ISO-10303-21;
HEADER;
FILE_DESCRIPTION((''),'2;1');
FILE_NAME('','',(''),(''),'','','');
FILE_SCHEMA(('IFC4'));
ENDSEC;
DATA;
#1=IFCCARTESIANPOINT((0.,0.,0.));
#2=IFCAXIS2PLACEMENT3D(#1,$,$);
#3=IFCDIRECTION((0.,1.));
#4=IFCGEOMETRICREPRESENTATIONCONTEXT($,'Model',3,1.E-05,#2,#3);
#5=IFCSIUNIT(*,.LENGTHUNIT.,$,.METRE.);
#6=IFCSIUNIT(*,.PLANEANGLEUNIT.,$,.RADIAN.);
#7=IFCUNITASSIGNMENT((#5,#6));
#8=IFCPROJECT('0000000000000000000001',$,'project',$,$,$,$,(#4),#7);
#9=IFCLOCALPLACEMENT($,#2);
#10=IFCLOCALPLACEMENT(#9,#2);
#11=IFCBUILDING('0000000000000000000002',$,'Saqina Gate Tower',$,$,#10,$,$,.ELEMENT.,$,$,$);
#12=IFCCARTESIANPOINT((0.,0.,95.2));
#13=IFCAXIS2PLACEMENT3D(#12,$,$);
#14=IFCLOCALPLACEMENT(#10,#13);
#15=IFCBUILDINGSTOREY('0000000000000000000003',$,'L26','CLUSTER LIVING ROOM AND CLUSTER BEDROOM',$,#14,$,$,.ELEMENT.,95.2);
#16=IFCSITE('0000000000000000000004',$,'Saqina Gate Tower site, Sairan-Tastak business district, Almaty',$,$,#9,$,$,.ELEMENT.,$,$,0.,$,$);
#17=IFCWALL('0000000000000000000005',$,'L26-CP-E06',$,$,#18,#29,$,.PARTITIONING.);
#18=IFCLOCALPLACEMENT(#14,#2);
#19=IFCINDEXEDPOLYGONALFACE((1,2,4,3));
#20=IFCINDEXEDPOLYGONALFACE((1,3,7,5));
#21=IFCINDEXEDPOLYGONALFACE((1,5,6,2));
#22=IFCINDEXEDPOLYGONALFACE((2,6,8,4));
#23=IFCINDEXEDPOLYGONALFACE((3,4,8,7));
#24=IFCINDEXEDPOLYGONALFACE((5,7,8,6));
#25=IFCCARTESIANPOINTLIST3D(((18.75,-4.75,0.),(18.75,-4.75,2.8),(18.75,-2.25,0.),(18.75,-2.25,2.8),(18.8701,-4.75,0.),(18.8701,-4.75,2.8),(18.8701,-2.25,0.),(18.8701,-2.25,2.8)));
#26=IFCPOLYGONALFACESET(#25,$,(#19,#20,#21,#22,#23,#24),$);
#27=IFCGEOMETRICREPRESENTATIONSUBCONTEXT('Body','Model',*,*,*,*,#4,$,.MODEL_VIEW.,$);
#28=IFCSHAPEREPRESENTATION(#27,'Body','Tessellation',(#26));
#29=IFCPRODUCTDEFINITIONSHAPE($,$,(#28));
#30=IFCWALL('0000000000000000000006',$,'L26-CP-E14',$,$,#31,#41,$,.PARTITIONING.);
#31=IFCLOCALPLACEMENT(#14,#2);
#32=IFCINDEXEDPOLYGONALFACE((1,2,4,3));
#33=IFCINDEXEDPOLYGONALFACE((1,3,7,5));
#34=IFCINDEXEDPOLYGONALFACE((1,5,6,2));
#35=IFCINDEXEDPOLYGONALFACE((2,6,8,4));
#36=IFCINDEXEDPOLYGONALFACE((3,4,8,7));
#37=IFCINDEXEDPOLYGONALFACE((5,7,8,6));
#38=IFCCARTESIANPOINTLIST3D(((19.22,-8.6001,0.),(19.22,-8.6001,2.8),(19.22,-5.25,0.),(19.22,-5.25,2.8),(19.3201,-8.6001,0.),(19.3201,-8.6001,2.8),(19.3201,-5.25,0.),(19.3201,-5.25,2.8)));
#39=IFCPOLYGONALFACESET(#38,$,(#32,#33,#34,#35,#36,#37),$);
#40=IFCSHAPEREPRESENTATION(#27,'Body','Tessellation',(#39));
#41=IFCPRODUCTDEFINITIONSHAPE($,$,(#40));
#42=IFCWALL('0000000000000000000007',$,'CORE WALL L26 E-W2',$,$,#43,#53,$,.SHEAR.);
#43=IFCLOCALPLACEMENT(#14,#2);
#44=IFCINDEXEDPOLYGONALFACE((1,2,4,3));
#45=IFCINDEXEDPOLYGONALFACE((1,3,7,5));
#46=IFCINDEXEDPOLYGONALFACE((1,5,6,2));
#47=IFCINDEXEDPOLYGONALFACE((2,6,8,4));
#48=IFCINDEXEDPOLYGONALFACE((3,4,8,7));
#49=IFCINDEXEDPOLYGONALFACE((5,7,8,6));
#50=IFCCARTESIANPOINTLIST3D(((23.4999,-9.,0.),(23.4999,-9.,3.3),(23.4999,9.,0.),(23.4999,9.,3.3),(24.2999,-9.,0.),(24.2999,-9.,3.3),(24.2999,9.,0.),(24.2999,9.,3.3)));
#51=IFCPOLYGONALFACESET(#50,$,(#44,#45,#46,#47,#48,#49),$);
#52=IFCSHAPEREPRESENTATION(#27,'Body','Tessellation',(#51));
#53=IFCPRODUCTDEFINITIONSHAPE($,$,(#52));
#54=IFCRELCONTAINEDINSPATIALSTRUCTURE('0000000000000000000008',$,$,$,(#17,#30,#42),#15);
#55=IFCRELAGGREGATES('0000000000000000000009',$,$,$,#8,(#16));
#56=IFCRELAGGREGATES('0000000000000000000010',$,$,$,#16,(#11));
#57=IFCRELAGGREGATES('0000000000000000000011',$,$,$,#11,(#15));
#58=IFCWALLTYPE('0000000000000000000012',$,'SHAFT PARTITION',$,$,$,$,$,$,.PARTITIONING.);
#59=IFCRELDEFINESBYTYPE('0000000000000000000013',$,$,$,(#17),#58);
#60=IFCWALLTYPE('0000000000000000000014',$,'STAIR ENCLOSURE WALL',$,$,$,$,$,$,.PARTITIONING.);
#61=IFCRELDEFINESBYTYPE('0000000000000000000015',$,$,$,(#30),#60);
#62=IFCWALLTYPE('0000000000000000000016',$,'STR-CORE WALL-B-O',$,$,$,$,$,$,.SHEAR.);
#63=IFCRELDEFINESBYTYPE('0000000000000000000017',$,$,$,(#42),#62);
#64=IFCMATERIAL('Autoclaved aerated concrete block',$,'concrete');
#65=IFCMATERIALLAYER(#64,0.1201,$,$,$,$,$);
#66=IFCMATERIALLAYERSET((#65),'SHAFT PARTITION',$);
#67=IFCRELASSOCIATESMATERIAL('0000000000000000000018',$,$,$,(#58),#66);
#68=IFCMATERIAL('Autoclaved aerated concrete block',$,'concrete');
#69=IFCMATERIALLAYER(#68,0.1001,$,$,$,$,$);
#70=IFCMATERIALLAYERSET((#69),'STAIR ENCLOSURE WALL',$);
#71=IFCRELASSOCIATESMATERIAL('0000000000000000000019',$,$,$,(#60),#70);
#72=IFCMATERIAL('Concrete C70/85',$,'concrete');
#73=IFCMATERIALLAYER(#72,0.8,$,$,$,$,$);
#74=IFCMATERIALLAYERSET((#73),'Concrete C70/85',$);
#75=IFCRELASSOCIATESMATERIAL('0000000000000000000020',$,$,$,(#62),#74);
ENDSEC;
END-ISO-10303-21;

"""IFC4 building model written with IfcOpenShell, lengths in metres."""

from ifc_helpers import new_model, si_unit, direction, frame, frame_2d, origin, place, context, subcontext, project, spatial, rectangle, extrude, material, layer, layer_set, type_object, element, save


model = new_model("IFC4")

# Units and contexts
model_context = context("Model", 3, precision=1e-05, world=origin(), true_north=direction((0.0, 1.0)))
body_context = subcontext(model_context, "Body", "Model", "MODEL_VIEW")
ifc_project = project(units=[si_unit("LENGTHUNIT", "METRE"), si_unit("PLANEANGLEUNIT", "RADIAN")], contexts=[model_context])

# Site, building, storey
site_placement = place(None, origin())
site = spatial("IfcSite", under=ifc_project, at=site_placement, Name="Saqina Gate Tower site, Sairan-Tastak business district, Almaty", CompositionType="ELEMENT", RefElevation=0.0)
building_placement = place(site_placement, origin())
building = spatial("IfcBuilding", under=site, at=building_placement, Name="Saqina Gate Tower", CompositionType="ELEMENT")
storey_placement = place(building_placement, frame((0.0, 0.0, 95.2)))
storey = spatial("IfcBuildingStorey", under=building, at=storey_placement, Name="L26", Description="CLUSTER LIVING ROOM AND CLUSTER BEDROOM", CompositionType="ELEMENT", Elevation=95.2)

# Walls
ifc_material_1 = material(Name="Autoclaved aerated concrete block", Category="concrete")
ifc_layer_1 = layer(ifc_material_1, 0.1201)
ifc_layer_set_1 = layer_set([ifc_layer_1], Name="SHAFT PARTITION")
wall_type_1 = type_object("IfcWallType", Name="SHAFT PARTITION", PredefinedType="PARTITIONING", material=ifc_layer_set_1)
wall_1_placement = place(storey_placement, frame((18.8101, -4.75, 0.0), z_axis=(0.0, 0.0, 1.0), x_axis=(0.0, 1.0, 0.0)))
element("IfcWall", 1, at=wall_1_placement, inside=storey, type_object=wall_type_1, Name="L26-CP-E06", PredefinedType="PARTITIONING", context=body_context, shape_type="SweptSolid", body=[
    extrude(rectangle(XDim=2.5, YDim=0.1201, at=frame_2d((1.25, 0.0))), origin(), (0.0, 0.0, 1.0), 2.8),
])
ifc_material_2 = material(Name="Autoclaved aerated concrete block", Category="concrete")
ifc_layer_2 = layer(ifc_material_2, 0.1001)
ifc_layer_set_2 = layer_set([ifc_layer_2], Name="STAIR ENCLOSURE WALL")
wall_type_2 = type_object("IfcWallType", Name="STAIR ENCLOSURE WALL", PredefinedType="PARTITIONING", material=ifc_layer_set_2)
wall_2_placement = place(storey_placement, frame((19.27, -8.6001, 0.0), z_axis=(0.0, 0.0, 1.0), x_axis=(0.0, 1.0, 0.0)))
element("IfcWall", 2, at=wall_2_placement, inside=storey, type_object=wall_type_2, Name="L26-CP-E14", PredefinedType="PARTITIONING", context=body_context, shape_type="SweptSolid", body=[
    extrude(rectangle(XDim=3.3501, YDim=0.1001, at=frame_2d((1.675, 0.0))), origin(), (0.0, 0.0, 1.0), 2.8),
])
ifc_material_3 = material(Name="Concrete C70/85", Category="concrete")
ifc_layer_3 = layer(ifc_material_3, 0.8)
ifc_layer_set_3 = layer_set([ifc_layer_3], Name="Concrete C70/85")
wall_type_3 = type_object("IfcWallType", Name="STR-CORE WALL-B-O", PredefinedType="SHEAR", material=ifc_layer_set_3)
wall_3_placement = place(storey_placement, frame((23.8999, -9.0, 0.0), z_axis=(0.0, 0.0, 1.0), x_axis=(0.0, 1.0, 0.0)))
element("IfcWall", 3, at=wall_3_placement, inside=storey, type_object=wall_type_3, Name="CORE WALL L26 E-W2", PredefinedType="SHEAR", context=body_context, shape_type="SweptSolid", body=[
    extrude(rectangle(XDim=18.0, YDim=0.8, at=frame_2d((9.0, 0.0))), origin(), (0.0, 0.0, 1.0), 3.3),
])

save(model, "model.ifc")
